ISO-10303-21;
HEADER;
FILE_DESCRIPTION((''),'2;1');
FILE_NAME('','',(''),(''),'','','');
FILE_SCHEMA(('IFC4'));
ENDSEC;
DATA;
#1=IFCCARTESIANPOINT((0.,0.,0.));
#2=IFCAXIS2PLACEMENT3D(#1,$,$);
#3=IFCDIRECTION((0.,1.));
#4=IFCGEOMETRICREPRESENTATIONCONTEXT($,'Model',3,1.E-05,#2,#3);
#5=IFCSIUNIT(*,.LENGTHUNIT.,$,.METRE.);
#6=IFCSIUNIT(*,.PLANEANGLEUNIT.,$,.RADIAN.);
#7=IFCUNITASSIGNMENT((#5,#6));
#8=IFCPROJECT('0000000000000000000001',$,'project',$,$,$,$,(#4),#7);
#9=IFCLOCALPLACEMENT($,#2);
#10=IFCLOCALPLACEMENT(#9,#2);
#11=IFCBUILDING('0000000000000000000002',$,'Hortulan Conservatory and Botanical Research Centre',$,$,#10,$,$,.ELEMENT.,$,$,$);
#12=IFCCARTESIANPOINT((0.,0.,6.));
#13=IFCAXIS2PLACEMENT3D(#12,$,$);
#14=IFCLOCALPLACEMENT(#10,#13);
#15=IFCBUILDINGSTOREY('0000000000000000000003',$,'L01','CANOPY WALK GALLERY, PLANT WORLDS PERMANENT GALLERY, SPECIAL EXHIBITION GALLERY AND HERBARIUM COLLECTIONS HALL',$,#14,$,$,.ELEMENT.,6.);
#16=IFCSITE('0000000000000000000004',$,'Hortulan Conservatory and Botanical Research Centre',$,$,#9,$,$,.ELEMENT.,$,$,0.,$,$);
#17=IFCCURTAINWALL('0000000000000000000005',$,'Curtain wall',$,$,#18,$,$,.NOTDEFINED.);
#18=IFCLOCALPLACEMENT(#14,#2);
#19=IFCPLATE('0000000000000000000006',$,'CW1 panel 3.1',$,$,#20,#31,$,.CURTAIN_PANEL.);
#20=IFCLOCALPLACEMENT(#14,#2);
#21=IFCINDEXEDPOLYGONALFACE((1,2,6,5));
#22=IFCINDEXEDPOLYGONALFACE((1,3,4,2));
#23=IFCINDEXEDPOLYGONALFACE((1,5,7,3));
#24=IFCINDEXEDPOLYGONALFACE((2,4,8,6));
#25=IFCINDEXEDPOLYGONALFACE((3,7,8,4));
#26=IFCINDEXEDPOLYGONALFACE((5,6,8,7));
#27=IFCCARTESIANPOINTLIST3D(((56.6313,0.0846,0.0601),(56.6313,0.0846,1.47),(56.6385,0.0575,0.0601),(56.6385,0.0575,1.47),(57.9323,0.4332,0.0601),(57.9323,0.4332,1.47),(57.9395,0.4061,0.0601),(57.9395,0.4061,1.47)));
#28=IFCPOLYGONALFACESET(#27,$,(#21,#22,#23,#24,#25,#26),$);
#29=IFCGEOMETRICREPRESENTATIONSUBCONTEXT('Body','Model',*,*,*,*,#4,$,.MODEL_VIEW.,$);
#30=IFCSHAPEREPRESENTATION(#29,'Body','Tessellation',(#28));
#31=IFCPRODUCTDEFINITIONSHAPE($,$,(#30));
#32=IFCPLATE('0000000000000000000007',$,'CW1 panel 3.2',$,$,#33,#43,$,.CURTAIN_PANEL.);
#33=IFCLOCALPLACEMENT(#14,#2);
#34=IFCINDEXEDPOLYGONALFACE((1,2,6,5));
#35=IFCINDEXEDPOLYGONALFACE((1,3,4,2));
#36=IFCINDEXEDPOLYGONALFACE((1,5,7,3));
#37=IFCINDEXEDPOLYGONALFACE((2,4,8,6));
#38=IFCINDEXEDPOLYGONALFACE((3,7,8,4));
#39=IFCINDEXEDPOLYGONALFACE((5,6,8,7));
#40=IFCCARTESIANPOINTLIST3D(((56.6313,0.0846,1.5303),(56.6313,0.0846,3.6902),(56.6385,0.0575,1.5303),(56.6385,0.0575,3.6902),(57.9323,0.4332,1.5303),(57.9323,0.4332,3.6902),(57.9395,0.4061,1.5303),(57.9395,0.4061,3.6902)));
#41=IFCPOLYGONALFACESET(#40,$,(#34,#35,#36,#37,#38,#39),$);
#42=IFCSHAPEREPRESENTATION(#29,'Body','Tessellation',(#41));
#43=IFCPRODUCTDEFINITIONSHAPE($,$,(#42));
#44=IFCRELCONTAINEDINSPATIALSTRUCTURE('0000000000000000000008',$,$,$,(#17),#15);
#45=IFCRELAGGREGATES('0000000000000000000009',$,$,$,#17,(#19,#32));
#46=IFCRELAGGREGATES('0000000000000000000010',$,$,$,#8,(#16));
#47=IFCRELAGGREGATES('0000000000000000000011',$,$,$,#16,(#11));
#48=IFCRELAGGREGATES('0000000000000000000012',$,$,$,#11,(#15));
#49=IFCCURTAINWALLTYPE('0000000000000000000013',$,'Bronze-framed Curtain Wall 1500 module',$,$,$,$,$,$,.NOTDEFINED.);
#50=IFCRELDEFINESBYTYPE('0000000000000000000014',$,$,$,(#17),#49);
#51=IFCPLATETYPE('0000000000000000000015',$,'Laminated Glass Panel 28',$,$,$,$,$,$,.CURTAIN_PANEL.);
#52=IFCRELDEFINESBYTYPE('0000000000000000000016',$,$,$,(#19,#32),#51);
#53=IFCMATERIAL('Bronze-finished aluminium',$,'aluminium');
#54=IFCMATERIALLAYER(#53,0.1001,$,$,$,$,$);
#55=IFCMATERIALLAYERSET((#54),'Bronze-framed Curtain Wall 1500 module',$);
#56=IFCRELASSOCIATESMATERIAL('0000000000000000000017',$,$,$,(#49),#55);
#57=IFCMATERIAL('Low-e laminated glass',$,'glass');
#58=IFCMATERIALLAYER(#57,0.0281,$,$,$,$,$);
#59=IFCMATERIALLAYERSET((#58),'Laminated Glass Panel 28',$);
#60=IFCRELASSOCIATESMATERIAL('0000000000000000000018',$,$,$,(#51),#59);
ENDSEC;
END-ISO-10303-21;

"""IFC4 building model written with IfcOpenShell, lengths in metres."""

from ifc_helpers import new_model, si_unit, direction, frame, origin, origin_2d, place, context, subcontext, project, spatial, rectangle, extrude, material, layer, layer_set, type_object, element, aggregate, save


model = new_model("IFC4")

# Units and contexts
model_context = context("Model", 3, precision=1e-05, world=origin(), true_north=direction((0.0, 1.0)))
body_context = subcontext(model_context, "Body", "Model", "MODEL_VIEW")
ifc_project = project(units=[si_unit("LENGTHUNIT", "METRE"), si_unit("PLANEANGLEUNIT", "RADIAN")], contexts=[model_context])

# Site, building, storey
site_placement = place(None, origin())
site = spatial("IfcSite", under=ifc_project, at=site_placement, Name="Hortulan Conservatory and Botanical Research Centre", CompositionType="ELEMENT", RefElevation=0.0)
building_placement = place(site_placement, origin())
building = spatial("IfcBuilding", under=site, at=building_placement, Name="Hortulan Conservatory and Botanical Research Centre", CompositionType="ELEMENT")
storey_placement = place(building_placement, frame((0.0, 0.0, 6.0)))
storey = spatial("IfcBuildingStorey", under=building, at=storey_placement, Name="L01", Description="CANOPY WALK GALLERY, PLANT WORLDS PERMANENT GALLERY, SPECIAL EXHIBITION GALLERY AND HERBARIUM COLLECTIONS HALL", CompositionType="ELEMENT", Elevation=6.0)

# Shared definitions
ifc_material_1 = material(Name="Bronze-finished aluminium", Category="aluminium")
ifc_layer_1 = layer(ifc_material_1, 0.1001)
ifc_layer_set_1 = layer_set([ifc_layer_1], Name="Bronze-framed Curtain Wall 1500 module")
curtain_wall_type = type_object("IfcCurtainWallType", Name="Bronze-framed Curtain Wall 1500 module", PredefinedType="NOTDEFINED", material=ifc_layer_set_1)

# Curtain wall
curtain_wall_1_placement = place(storey_placement, origin())
curtain_wall_1 = element("IfcCurtainWall", 1, at=curtain_wall_1_placement, inside=storey, type_object=curtain_wall_type, Name="Curtain wall", PredefinedType="NOTDEFINED")

# Plates
ifc_material_2 = material(Name="Low-e laminated glass", Category="glass")
ifc_layer_2 = layer(ifc_material_2, 0.0281)
ifc_layer_set_2 = layer_set([ifc_layer_2], Name="Laminated Glass Panel 28")
plate_type = type_object("IfcPlateType", Name="Laminated Glass Panel 28", PredefinedType="CURTAIN_PANEL", material=ifc_layer_set_2)
plate_1_placement = place(storey_placement, frame((57.2854, 0.2454, 0.0601), z_axis=(0.0, 0.0, 1.0), x_axis=(-0.965922, -0.258832, 0.0)))
plate_1 = element("IfcPlate", 2, at=plate_1_placement, type_object=plate_type, Name="CW1 panel 3.1", PredefinedType="CURTAIN_PANEL", context=body_context, shape_type="SweptSolid", body=[
    extrude(rectangle(XDim=1.3469, YDim=0.0281, at=origin_2d()), origin(), (0.0, 0.0, 1.0), 1.4099),
])
plate_2_placement = place(storey_placement, frame((57.2854, 0.2454, 1.5303), z_axis=(0.0, 0.0, 1.0), x_axis=(-0.965922, -0.258832, 0.0)))
plate_2 = element("IfcPlate", 3, at=plate_2_placement, type_object=plate_type, Name="CW1 panel 3.2", PredefinedType="CURTAIN_PANEL", context=body_context, shape_type="SweptSolid", body=[
    extrude(rectangle(XDim=1.3469, YDim=0.0281, at=origin_2d()), origin(), (0.0, 0.0, 1.0), 2.1599),
])
aggregate(curtain_wall_1, [plate_1, plate_2])

save(model, "model.ifc")
